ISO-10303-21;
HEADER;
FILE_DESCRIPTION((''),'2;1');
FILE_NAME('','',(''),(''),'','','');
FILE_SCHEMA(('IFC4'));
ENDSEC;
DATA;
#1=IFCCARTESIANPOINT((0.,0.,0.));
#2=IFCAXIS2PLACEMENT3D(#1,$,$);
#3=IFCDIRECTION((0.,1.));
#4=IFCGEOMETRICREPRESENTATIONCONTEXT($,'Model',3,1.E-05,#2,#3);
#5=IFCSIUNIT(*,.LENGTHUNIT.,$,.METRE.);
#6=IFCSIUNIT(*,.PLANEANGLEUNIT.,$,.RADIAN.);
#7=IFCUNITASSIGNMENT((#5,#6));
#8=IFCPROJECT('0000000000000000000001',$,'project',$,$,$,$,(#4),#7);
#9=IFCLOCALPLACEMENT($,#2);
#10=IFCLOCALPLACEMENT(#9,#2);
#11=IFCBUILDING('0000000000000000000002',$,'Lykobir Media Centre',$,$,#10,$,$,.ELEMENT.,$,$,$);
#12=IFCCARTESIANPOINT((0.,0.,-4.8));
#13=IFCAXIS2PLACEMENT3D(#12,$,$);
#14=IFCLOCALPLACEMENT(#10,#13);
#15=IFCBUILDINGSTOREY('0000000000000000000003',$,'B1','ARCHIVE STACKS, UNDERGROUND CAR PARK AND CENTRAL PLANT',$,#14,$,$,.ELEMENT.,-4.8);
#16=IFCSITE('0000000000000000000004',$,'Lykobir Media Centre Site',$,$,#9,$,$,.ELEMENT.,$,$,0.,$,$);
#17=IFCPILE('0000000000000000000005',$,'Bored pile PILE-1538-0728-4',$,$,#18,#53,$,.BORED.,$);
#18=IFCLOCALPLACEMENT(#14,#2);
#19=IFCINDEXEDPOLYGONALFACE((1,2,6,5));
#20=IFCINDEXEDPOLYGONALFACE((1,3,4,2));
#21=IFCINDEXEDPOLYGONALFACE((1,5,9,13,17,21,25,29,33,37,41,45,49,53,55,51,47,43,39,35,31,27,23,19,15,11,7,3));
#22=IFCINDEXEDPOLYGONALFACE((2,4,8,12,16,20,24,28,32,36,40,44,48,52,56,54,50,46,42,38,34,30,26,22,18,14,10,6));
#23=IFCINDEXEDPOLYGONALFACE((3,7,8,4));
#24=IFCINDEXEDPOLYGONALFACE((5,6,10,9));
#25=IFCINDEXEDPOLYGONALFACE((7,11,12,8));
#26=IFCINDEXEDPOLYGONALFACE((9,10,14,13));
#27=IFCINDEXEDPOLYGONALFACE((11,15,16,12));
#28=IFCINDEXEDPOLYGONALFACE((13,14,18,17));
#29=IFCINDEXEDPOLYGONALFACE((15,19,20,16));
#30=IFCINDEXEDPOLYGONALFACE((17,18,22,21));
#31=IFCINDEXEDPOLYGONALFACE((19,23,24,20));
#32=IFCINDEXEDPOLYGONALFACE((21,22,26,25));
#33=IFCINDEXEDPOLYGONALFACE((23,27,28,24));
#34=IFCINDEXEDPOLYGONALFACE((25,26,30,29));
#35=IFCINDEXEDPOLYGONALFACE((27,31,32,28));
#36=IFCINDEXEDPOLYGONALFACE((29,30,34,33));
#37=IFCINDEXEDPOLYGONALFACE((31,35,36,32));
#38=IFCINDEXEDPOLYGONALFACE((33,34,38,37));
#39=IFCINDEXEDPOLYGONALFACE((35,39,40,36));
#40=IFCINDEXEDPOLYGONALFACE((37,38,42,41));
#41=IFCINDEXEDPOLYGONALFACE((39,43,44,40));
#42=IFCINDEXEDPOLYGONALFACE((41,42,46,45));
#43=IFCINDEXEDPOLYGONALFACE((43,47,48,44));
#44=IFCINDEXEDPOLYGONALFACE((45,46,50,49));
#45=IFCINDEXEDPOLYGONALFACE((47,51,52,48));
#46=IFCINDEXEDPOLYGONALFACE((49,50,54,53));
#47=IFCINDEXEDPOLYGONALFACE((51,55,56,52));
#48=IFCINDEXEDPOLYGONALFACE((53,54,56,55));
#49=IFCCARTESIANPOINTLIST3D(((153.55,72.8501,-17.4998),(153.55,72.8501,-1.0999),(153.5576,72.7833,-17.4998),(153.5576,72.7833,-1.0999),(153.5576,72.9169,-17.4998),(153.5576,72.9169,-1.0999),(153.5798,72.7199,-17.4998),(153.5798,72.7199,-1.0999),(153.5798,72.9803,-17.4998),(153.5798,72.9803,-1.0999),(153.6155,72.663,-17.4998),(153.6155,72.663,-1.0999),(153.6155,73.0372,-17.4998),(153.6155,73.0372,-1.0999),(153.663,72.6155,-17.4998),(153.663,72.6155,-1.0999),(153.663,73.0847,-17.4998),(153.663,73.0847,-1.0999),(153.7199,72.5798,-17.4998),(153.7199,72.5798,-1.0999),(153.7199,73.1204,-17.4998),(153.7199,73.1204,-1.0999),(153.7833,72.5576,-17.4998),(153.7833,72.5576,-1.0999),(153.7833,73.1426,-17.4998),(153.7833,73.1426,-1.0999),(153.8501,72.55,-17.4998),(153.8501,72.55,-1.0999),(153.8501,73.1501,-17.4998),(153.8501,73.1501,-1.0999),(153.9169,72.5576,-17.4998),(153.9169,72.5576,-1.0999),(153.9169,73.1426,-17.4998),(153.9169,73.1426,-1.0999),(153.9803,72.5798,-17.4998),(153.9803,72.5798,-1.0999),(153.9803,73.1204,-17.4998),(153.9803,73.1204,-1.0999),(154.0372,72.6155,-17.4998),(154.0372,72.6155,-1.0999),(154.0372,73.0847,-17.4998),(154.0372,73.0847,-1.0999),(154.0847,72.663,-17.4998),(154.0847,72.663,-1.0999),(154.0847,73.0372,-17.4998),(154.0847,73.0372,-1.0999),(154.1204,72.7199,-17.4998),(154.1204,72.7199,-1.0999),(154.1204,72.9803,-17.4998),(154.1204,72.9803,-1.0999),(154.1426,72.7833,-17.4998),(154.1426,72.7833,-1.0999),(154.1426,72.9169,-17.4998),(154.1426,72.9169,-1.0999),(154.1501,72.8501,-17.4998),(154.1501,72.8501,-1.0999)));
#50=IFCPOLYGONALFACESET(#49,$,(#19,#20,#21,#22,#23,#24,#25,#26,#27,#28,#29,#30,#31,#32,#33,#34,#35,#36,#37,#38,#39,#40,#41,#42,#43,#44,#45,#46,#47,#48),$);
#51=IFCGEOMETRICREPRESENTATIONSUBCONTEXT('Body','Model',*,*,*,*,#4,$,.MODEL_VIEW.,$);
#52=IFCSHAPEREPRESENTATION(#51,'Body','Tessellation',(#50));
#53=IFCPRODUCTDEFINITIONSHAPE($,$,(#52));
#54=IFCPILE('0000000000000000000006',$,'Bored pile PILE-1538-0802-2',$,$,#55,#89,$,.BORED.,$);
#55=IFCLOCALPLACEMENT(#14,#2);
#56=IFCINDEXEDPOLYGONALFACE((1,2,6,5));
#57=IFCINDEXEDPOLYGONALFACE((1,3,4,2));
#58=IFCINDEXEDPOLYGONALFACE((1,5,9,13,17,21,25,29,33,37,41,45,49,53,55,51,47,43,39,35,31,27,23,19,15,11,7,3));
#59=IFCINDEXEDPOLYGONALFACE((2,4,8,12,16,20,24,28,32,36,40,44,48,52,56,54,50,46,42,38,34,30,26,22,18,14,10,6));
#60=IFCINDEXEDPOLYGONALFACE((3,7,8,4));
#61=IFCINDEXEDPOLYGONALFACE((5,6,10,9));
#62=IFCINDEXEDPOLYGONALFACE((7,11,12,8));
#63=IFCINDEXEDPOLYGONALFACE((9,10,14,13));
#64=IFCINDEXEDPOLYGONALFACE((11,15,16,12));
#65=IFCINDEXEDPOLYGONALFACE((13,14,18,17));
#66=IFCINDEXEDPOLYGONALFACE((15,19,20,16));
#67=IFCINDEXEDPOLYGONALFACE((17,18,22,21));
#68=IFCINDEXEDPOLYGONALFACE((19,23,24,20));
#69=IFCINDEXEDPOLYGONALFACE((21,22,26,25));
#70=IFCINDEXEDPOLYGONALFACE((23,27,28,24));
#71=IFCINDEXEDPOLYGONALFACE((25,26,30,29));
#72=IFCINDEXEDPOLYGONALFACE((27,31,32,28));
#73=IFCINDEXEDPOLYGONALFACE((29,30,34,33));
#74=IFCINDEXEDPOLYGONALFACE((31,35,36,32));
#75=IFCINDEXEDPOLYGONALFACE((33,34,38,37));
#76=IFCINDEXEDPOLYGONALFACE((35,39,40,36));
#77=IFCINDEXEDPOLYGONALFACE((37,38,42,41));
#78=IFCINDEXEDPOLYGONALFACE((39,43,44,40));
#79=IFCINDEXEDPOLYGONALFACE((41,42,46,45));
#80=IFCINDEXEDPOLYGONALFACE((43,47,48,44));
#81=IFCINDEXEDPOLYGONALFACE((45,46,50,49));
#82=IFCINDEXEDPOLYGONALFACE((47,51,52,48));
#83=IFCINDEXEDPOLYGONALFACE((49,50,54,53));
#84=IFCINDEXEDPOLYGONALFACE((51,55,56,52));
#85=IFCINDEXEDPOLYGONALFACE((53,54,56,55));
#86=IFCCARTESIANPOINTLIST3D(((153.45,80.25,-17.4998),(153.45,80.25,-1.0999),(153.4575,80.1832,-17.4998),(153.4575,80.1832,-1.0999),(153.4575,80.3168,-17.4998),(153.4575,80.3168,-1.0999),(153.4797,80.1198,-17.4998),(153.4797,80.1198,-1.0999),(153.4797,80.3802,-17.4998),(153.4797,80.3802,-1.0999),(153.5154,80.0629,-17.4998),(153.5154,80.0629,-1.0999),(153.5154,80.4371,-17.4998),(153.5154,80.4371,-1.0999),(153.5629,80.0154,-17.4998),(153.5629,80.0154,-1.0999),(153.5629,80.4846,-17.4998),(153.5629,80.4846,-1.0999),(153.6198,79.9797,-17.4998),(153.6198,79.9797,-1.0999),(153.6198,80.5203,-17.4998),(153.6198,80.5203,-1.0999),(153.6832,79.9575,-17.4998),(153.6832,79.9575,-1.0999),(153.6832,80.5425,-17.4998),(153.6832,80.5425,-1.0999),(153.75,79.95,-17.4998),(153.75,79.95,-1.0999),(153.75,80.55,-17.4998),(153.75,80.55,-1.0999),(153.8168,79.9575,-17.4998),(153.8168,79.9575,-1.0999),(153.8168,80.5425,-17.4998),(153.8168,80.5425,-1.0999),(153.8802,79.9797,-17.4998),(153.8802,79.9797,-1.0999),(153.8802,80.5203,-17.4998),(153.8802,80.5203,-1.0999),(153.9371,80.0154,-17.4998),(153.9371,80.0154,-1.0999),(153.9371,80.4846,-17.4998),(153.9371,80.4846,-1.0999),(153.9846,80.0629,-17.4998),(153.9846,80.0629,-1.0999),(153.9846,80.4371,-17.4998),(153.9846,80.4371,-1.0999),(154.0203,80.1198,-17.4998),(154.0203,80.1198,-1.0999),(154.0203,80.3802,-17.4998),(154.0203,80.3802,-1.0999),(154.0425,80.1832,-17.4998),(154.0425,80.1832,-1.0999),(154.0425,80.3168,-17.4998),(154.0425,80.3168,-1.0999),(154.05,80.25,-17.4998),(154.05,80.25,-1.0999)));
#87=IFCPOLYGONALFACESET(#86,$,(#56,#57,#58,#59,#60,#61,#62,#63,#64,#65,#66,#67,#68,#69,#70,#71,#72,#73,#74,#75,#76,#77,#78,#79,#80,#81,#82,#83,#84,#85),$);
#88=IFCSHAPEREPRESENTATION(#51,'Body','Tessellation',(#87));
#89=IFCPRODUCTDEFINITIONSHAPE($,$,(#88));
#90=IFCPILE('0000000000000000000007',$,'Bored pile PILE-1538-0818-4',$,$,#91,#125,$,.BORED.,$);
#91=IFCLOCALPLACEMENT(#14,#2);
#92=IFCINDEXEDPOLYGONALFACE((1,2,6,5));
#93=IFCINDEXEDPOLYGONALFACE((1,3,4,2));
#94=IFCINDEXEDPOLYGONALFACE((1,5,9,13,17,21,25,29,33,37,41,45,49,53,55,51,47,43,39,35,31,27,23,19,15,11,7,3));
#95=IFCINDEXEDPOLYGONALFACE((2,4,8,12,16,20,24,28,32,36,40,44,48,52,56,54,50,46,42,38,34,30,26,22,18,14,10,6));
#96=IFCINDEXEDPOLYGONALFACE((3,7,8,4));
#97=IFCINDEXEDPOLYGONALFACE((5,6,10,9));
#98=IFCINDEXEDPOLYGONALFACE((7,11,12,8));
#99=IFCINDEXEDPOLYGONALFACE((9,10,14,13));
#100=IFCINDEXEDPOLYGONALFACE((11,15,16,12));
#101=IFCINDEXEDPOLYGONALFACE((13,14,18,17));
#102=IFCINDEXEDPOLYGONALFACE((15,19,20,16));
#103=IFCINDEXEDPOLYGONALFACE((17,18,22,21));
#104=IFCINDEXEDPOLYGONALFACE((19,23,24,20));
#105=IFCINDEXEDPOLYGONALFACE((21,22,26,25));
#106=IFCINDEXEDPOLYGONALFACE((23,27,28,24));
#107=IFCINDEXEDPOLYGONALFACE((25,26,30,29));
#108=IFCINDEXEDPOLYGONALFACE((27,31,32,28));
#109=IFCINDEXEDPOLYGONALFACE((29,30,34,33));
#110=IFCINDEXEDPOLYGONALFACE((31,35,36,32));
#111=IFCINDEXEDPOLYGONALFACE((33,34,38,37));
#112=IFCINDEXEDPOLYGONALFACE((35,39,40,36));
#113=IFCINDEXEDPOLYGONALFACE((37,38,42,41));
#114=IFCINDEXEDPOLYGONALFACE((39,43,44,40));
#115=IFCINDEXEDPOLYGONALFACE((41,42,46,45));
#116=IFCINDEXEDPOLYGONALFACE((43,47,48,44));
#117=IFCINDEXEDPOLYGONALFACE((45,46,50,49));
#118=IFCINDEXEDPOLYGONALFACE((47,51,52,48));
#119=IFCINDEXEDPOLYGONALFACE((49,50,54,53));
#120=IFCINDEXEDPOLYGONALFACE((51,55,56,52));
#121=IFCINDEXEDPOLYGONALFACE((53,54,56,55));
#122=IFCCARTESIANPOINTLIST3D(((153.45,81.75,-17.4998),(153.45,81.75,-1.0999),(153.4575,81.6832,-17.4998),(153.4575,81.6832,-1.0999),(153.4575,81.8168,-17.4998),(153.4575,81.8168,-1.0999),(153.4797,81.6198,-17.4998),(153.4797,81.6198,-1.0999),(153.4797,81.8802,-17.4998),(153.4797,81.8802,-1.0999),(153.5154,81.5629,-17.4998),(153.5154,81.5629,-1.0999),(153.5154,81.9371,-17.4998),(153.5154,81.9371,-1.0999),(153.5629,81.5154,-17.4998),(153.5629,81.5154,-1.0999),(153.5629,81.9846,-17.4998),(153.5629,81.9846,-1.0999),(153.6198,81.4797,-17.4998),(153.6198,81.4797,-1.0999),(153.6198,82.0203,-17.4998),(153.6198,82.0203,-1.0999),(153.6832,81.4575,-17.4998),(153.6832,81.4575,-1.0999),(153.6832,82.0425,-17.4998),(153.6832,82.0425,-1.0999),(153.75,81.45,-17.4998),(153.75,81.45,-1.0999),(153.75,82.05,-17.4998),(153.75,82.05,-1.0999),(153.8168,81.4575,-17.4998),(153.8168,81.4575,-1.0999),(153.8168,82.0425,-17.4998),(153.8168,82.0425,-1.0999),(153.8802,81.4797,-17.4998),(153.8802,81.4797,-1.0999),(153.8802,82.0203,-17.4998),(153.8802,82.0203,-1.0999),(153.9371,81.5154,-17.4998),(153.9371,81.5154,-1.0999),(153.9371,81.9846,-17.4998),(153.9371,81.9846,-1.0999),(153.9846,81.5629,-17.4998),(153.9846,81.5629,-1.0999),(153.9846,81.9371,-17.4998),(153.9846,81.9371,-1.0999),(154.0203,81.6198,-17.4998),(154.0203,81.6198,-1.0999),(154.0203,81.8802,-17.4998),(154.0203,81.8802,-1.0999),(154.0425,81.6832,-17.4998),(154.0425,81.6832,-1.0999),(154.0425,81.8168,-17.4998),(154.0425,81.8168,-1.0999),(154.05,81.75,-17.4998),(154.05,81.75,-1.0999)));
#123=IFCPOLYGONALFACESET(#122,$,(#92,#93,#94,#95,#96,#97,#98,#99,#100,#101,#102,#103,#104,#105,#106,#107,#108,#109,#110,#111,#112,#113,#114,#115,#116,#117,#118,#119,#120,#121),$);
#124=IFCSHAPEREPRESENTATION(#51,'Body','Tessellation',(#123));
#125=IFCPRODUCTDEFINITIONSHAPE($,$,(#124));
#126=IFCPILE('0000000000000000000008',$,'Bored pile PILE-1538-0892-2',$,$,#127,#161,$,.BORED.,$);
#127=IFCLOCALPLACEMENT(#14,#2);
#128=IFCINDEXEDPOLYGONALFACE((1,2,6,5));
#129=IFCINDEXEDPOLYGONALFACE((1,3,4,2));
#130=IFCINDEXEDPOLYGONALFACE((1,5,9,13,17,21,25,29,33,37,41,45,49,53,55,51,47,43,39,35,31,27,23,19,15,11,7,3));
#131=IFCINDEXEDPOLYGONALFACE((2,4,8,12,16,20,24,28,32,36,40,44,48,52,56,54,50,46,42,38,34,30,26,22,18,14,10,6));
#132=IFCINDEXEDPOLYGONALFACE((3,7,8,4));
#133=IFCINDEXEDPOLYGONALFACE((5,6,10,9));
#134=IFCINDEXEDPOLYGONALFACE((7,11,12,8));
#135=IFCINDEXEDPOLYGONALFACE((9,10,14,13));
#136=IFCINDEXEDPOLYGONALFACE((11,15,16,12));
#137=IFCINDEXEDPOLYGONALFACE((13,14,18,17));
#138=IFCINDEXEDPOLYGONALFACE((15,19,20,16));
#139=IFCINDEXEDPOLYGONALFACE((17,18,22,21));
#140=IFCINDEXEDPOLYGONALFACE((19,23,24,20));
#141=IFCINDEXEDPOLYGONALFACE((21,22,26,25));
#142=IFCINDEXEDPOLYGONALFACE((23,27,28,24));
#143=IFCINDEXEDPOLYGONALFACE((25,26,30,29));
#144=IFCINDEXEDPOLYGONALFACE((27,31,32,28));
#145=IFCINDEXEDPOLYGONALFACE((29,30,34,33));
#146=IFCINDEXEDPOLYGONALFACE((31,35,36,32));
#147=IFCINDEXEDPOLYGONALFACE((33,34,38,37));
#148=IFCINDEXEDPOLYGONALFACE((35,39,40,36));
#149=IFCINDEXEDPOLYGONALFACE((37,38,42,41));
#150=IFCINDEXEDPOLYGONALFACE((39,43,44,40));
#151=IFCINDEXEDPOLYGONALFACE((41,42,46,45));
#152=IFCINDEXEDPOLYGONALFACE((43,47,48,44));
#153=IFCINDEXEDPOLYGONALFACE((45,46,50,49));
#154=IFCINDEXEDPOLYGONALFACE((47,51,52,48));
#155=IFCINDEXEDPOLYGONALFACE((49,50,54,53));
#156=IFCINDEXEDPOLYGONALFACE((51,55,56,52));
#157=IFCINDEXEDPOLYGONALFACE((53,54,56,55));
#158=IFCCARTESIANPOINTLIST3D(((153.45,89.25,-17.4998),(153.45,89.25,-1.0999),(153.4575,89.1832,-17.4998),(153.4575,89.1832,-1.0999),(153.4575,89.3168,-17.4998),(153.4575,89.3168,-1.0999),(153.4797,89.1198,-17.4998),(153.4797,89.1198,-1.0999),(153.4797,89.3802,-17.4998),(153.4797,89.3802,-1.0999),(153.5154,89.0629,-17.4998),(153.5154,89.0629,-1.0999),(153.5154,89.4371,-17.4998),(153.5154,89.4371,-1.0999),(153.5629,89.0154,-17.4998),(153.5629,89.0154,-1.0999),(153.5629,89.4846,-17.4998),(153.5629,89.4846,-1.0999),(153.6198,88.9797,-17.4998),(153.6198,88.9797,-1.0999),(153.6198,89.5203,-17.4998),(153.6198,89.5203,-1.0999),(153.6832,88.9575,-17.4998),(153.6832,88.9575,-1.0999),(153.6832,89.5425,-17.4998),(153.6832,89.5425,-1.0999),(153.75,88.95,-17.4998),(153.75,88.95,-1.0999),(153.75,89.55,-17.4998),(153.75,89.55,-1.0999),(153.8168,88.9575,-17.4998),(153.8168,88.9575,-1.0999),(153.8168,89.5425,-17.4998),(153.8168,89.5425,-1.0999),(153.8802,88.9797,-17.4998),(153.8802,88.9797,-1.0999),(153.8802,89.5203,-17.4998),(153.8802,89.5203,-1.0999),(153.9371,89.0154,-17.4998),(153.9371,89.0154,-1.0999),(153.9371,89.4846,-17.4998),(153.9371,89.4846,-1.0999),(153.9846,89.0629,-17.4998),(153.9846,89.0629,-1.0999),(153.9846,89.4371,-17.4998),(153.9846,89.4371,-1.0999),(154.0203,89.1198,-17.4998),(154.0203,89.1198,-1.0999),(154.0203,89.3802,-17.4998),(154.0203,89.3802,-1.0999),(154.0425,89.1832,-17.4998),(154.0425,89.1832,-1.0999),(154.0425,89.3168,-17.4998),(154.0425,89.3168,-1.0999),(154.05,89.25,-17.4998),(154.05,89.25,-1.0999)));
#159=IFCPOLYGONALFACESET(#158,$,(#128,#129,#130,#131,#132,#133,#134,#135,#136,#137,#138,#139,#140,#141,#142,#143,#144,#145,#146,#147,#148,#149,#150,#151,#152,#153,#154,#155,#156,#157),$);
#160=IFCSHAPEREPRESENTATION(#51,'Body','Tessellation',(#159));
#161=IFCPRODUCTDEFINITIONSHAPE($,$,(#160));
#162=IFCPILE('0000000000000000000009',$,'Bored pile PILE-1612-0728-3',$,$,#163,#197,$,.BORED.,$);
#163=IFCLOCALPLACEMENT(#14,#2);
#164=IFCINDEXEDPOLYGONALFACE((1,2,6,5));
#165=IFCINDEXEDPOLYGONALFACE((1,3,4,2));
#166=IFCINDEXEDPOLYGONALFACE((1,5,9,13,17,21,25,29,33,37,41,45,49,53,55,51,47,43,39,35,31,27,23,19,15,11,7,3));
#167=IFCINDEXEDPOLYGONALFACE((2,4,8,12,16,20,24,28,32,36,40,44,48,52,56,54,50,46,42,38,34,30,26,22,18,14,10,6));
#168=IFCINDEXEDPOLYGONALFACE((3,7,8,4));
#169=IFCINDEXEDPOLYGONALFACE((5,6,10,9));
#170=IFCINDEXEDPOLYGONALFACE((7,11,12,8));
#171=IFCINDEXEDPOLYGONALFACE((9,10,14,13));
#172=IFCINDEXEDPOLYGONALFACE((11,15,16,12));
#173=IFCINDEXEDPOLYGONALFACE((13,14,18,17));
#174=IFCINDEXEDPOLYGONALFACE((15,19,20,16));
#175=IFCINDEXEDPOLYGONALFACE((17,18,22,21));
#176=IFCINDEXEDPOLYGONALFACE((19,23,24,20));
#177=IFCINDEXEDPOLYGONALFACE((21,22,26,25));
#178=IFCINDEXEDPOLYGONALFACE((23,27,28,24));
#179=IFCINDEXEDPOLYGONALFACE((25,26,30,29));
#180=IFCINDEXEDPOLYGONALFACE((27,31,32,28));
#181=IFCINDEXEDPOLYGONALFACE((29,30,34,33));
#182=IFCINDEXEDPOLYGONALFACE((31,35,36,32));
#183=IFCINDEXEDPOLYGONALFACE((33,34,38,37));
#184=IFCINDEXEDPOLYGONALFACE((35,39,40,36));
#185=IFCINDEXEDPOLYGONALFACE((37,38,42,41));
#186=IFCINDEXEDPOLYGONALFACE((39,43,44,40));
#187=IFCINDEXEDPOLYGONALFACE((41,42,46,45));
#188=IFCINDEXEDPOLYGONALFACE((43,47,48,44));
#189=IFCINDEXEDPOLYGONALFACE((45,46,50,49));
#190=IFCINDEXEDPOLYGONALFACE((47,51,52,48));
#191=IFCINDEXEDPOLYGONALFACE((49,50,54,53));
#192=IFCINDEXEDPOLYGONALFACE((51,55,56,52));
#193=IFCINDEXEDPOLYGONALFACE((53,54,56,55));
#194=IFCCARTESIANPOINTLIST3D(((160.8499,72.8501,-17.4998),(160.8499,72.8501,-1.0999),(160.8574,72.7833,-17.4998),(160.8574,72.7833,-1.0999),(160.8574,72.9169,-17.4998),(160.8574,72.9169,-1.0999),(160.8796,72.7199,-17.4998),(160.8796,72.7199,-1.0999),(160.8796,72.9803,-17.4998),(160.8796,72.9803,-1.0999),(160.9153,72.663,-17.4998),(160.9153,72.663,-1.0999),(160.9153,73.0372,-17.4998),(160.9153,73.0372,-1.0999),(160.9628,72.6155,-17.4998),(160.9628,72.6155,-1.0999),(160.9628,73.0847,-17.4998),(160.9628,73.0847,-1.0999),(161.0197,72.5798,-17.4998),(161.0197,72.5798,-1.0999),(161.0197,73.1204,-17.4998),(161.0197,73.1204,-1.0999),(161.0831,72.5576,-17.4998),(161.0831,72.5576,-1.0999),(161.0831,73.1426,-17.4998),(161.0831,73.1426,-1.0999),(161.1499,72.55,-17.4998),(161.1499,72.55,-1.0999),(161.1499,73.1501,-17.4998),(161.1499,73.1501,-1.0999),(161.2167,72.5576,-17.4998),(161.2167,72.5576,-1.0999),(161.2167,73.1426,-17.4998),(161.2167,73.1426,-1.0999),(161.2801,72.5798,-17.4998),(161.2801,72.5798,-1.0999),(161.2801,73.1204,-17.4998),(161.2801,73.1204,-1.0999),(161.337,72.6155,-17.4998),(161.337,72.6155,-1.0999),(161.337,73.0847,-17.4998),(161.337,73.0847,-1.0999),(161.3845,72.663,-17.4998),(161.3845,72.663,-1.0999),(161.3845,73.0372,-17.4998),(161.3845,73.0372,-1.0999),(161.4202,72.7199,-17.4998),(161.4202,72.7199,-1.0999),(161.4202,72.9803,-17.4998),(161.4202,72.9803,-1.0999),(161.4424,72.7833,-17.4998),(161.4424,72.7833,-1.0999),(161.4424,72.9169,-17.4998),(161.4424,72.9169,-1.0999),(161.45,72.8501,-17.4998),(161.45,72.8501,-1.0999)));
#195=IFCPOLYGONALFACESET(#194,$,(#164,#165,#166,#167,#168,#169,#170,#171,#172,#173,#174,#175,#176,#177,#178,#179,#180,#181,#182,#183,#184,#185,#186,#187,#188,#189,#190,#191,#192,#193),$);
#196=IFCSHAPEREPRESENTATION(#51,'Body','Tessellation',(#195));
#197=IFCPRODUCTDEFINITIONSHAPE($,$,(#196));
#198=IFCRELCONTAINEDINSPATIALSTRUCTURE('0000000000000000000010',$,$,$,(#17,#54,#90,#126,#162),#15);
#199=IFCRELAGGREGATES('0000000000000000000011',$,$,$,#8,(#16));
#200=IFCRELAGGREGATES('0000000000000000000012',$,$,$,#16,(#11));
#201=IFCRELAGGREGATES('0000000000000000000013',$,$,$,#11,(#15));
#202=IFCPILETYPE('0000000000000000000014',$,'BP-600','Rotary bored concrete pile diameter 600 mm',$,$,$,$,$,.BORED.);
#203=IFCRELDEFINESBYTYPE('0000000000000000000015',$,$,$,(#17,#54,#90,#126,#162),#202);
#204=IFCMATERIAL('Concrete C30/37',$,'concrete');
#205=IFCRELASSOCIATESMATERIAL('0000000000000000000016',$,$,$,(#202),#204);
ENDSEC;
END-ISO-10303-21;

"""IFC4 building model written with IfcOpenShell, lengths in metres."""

from ifc_helpers import new_model, si_unit, direction, frame, origin, origin_2d, place, context, subcontext, project, spatial, circle, extrude, material, material_profile, profile_set, type_object, element, save


model = new_model("IFC4")

# Units and contexts
model_context = context("Model", 3, precision=1e-05, world=origin(), true_north=direction((0.0, 1.0)))
body_context = subcontext(model_context, "Body", "Model", "MODEL_VIEW")
ifc_project = project(units=[si_unit("LENGTHUNIT", "METRE"), si_unit("PLANEANGLEUNIT", "RADIAN")], contexts=[model_context])

# Site, building, storey
site_placement = place(None, origin())
site = spatial("IfcSite", under=ifc_project, at=site_placement, Name="Lykobir Media Centre Site", CompositionType="ELEMENT", RefElevation=0.0)
building_placement = place(site_placement, origin())
building = spatial("IfcBuilding", under=site, at=building_placement, Name="Lykobir Media Centre", CompositionType="ELEMENT")
storey_placement = place(building_placement, frame((0.0, 0.0, -4.8)))
storey = spatial("IfcBuildingStorey", under=building, at=storey_placement, Name="B1", Description="ARCHIVE STACKS, UNDERGROUND CAR PARK AND CENTRAL PLANT", CompositionType="ELEMENT", Elevation=-4.8)

# Piles
ifc_material_1 = material(Name="Concrete C30/37", Category="concrete")
ifc_material_profile_1 = material_profile(ifc_material_1, circle(Radius=0.3, at=origin_2d()), Name="BORED PILE D600")
ifc_profile_set_1 = profile_set([ifc_material_profile_1], Name="Concrete C30/37")
pile_type = type_object("IfcPileType", Name="BP-600", Description="Rotary bored concrete pile diameter 600 mm", PredefinedType="BORED", material=ifc_profile_set_1)
for number, where, z_axis, x_axis, name in (
    (1, (153.8501, 72.8501, -1.0999), (0.0, 0.0, -1.0), (1.0, 0.0, 0.0), "Bored pile PILE-1538-0728-4"),
    (2, (153.75, 80.25, -1.0999), (0.0, 0.0, -1.0), (1.0, 0.0, 0.0), "Bored pile PILE-1538-0802-2"),
    (3, (153.75, 81.75, -1.0999), (0.0, 0.0, -1.0), (1.0, 0.0, 0.0), "Bored pile PILE-1538-0818-4"),
    (4, (153.75, 89.25, -1.0999), (0.0, 0.0, -1.0), (1.0, 0.0, 0.0), "Bored pile PILE-1538-0892-2"),
    (5, (161.1499, 72.8501, -1.0999), (0.0, 0.0, -1.0), (1.0, 0.0, 0.0), "Bored pile PILE-1612-0728-3"),
):
    element("IfcPile", number, at=place(storey_placement, frame(where, z_axis=z_axis, x_axis=x_axis)), inside=storey, type_object=pile_type, Name=name, PredefinedType="BORED", context=body_context, shape_type="SweptSolid", body=[
        extrude(circle(Radius=0.3, at=origin_2d()), origin(), (0.0, 0.0, 1.0), 16.3999),
    ])

save(model, "model.ifc")
